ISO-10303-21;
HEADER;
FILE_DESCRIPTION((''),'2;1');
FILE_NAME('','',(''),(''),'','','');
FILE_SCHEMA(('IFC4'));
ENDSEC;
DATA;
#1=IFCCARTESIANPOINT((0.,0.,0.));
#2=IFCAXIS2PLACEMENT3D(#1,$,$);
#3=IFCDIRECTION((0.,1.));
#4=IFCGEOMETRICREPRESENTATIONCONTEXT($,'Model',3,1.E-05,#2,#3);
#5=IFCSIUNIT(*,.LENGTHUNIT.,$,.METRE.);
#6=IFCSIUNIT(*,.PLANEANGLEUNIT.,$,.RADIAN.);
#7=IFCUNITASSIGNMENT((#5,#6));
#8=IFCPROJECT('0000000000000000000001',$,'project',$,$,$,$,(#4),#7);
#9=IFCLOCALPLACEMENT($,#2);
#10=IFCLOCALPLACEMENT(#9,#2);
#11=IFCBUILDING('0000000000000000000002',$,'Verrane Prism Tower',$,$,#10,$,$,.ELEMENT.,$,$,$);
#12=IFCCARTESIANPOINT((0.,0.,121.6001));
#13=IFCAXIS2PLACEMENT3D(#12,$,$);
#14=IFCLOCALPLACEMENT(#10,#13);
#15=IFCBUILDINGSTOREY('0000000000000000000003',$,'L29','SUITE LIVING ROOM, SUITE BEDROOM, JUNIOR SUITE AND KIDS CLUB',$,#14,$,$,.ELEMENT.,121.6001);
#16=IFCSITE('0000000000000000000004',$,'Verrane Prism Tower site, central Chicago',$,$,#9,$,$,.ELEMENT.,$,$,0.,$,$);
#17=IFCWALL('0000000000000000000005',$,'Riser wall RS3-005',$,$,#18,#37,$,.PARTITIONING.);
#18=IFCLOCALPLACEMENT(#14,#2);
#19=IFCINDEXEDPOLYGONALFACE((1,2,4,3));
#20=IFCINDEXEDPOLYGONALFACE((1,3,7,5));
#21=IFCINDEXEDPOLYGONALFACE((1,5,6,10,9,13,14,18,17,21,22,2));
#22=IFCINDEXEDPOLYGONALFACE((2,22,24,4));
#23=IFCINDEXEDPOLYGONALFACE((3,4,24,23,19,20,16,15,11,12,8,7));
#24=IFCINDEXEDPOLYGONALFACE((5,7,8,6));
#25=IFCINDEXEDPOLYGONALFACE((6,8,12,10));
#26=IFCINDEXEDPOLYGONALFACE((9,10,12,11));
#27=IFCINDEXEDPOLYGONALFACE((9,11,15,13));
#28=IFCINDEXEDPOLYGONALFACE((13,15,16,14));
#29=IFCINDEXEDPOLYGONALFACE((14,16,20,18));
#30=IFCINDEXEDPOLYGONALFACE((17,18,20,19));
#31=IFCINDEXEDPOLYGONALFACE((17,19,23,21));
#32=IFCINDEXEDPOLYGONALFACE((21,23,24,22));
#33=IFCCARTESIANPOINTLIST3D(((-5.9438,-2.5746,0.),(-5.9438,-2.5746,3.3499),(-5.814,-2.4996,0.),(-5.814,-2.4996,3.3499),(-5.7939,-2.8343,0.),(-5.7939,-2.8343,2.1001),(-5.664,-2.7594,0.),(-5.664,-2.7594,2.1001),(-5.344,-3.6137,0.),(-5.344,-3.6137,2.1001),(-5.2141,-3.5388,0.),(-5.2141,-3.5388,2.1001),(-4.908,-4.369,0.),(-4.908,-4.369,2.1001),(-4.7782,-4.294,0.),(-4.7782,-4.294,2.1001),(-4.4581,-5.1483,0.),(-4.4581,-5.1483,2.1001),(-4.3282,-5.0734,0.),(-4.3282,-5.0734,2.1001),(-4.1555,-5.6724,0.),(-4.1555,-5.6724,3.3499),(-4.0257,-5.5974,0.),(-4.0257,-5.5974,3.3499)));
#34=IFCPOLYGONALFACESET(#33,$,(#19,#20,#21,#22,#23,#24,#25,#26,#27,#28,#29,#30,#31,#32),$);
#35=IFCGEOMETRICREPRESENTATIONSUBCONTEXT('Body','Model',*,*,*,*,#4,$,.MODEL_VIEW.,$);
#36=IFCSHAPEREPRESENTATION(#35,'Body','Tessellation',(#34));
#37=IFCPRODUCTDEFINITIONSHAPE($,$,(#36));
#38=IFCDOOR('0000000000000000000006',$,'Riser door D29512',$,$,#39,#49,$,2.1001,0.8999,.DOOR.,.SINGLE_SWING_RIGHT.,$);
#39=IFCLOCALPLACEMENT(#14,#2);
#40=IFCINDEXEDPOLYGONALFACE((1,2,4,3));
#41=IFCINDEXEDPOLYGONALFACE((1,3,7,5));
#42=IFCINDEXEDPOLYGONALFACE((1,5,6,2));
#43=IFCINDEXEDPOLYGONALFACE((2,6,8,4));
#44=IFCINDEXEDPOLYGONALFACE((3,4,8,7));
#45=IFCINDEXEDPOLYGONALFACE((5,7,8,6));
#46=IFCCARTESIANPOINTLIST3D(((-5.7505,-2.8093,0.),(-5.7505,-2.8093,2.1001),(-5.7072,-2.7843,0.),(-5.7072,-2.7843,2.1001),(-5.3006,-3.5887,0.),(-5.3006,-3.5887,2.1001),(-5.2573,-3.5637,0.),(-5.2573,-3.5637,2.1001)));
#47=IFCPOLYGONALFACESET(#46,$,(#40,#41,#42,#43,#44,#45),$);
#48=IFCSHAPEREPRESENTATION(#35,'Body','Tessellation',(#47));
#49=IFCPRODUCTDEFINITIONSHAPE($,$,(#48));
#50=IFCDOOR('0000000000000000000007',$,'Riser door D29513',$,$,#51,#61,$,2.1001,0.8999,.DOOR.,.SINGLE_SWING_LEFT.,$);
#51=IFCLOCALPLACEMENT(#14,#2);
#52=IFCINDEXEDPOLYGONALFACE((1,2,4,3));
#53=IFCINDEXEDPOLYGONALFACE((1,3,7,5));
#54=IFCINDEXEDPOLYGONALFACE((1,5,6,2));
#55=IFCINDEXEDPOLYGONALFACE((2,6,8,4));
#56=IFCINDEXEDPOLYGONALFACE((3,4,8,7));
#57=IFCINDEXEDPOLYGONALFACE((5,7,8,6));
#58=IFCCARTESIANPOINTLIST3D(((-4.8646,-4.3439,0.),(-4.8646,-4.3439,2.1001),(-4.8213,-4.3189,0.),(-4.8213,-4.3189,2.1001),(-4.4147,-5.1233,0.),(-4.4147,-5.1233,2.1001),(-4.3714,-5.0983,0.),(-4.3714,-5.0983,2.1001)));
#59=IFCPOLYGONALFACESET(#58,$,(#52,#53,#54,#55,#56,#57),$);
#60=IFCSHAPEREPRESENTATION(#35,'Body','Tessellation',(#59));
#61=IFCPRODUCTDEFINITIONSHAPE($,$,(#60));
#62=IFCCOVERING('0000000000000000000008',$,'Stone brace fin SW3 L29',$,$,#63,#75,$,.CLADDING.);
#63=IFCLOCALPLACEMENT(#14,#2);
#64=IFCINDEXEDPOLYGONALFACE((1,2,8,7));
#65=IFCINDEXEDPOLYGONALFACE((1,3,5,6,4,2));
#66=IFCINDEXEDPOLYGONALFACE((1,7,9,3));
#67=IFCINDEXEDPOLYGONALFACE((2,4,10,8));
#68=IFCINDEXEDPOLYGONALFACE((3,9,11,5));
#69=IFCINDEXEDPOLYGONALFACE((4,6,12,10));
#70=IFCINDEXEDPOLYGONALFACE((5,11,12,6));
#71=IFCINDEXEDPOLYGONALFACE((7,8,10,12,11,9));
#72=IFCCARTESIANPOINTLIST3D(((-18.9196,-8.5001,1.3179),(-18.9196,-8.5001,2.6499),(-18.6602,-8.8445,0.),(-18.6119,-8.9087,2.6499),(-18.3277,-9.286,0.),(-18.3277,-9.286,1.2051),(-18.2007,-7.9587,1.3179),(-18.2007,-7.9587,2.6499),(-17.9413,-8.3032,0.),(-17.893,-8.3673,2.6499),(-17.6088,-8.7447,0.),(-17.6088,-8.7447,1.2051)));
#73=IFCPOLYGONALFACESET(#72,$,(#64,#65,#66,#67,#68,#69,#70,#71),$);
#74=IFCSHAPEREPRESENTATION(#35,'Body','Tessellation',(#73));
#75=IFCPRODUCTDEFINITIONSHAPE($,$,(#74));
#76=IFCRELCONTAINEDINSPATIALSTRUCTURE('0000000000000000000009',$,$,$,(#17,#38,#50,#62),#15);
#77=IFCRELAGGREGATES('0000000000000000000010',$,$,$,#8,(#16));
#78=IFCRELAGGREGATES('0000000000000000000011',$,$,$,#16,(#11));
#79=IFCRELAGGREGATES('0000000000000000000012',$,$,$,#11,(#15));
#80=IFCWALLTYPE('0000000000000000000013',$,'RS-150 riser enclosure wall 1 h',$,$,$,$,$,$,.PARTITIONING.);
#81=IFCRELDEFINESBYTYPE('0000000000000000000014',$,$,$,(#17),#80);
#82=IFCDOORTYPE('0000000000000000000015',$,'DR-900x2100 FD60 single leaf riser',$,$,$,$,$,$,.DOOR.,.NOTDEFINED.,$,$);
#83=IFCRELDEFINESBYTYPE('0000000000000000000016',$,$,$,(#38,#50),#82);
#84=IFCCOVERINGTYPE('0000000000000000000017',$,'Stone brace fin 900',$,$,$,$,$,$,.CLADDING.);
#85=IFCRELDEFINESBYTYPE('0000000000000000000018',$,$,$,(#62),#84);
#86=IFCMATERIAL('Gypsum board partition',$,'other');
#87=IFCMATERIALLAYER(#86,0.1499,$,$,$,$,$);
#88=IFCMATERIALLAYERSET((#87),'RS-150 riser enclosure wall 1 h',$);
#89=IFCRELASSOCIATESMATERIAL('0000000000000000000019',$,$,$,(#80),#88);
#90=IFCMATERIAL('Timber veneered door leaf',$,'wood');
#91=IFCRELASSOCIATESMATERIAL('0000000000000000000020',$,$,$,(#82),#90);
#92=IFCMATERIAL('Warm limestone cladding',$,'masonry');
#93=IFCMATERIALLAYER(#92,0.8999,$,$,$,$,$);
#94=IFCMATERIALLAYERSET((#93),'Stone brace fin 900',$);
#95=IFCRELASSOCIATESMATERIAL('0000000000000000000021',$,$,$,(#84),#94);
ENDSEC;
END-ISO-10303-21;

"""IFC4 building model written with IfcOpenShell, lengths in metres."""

from ifc_helpers import new_model, si_unit, direction, frame, frame_2d, origin, place, context, subcontext, project, spatial, polyline, rectangle, outline, extrude, material, layer, layer_set, type_object, element, fill, save


model = new_model("IFC4")

# Units and contexts
model_context = context("Model", 3, precision=1e-05, world=origin(), true_north=direction((0.0, 1.0)))
body_context = subcontext(model_context, "Body", "Model", "MODEL_VIEW")
ifc_project = project(units=[si_unit("LENGTHUNIT", "METRE"), si_unit("PLANEANGLEUNIT", "RADIAN")], contexts=[model_context])

# Site, building, storey
site_placement = place(None, origin())
site = spatial("IfcSite", under=ifc_project, at=site_placement, Name="Verrane Prism Tower site, central Chicago", CompositionType="ELEMENT", RefElevation=0.0)
building_placement = place(site_placement, origin())
building = spatial("IfcBuilding", under=site, at=building_placement, Name="Verrane Prism Tower", CompositionType="ELEMENT")
storey_placement = place(building_placement, frame((0.0, 0.0, 121.6001)))
storey = spatial("IfcBuildingStorey", under=building, at=storey_placement, Name="L29", Description="SUITE LIVING ROOM, SUITE BEDROOM, JUNIOR SUITE AND KIDS CLUB", CompositionType="ELEMENT", Elevation=121.6001)

# Shared definitions
ifc_material_1 = material(Name="Gypsum board partition", Category="other")
ifc_layer_1 = layer(ifc_material_1, 0.1499)
ifc_layer_set_1 = layer_set([ifc_layer_1], Name="RS-150 riser enclosure wall 1 h")
wall_type_1 = type_object("IfcWallType", Name="RS-150 riser enclosure wall 1 h", PredefinedType="PARTITIONING", material=ifc_layer_set_1)

# Wall, openings, doors
wall_1_placement = place(storey_placement, frame((-4.0906, -5.635, 0.0), z_axis=(0.0, 0.0, 1.0), x_axis=(-0.499949, 0.866055, 0.0)))
wall_1 = element("IfcWall", 1, at=wall_1_placement, inside=storey, type_object=wall_type_1, Name="Riser wall RS3-005", PredefinedType="PARTITIONING", context=body_context, shape_type="SweptSolid", body=[
    extrude(rectangle(XDim=3.5769, YDim=0.1499, at=frame_2d((1.7886, 0.0))), origin(), (0.0, 0.0, 1.0), 3.3499),
])
opening_1_placement = place(wall_1_placement, frame((2.3772, 0.0, 0.0)))
opening_1 = element("IfcOpeningElement", 2, at=opening_1_placement, cuts=wall_1, PredefinedType="OPENING", context=body_context, shape_type="SweptSolid", body=[
    extrude(rectangle(XDim=0.8999, YDim=2.1001, at=frame_2d((0.45, 1.05))), frame((0.0, 0.085, 0.0), z_axis=(0.0, -1.0, 0.0), x_axis=(1.0, 0.0, 0.0)), (0.0, 0.0, 1.0), 0.1699),
])
opening_2_placement = place(wall_1_placement, frame((0.6052, 0.0, 0.0)))
opening_2 = element("IfcOpeningElement", 3, at=opening_2_placement, cuts=wall_1, PredefinedType="OPENING", context=body_context, shape_type="SweptSolid", body=[
    extrude(rectangle(XDim=0.8999, YDim=2.1001, at=frame_2d((0.45, 1.05))), frame((0.0, 0.085, 0.0), z_axis=(0.0, -1.0, 0.0), x_axis=(1.0, 0.0, 0.0)), (0.0, 0.0, 1.0), 0.1699),
])
ifc_material_2 = material(Name="Timber veneered door leaf", Category="wood")
door_type_1 = type_object("IfcDoorType", Name="DR-900x2100 FD60 single leaf riser", OperationType="NOTDEFINED", PredefinedType="DOOR", material=ifc_material_2)
door_1_placement = place(opening_1_placement, origin())
door_1 = element("IfcDoor", 4, at=door_1_placement, inside=storey, type_object=door_type_1, Name="Riser door D29512", OperationType="SINGLE_SWING_RIGHT", OverallHeight=2.1001, OverallWidth=0.8999, PredefinedType="DOOR", context=body_context, shape_type="SweptSolid", body=[
    extrude(rectangle(XDim=0.8999, YDim=2.1001, at=frame_2d((0.45, 1.05))), frame((0.0, 0.0249, 0.0), z_axis=(0.0, -1.0, 0.0), x_axis=(1.0, 0.0, 0.0)), (0.0, 0.0, 1.0), 0.05),
])
fill(opening_1, door_1)
door_2_placement = place(opening_2_placement, origin())
door_2 = element("IfcDoor", 5, at=door_2_placement, inside=storey, type_object=door_type_1, Name="Riser door D29513", OperationType="SINGLE_SWING_LEFT", OverallHeight=2.1001, OverallWidth=0.8999, PredefinedType="DOOR", context=body_context, shape_type="SweptSolid", body=[
    extrude(rectangle(XDim=0.8999, YDim=2.1001, at=frame_2d((0.45, 1.05))), frame((0.0, 0.0249, 0.0), z_axis=(0.0, -1.0, 0.0), x_axis=(1.0, 0.0, 0.0)), (0.0, 0.0, 1.0), 0.05),
])
fill(opening_2, door_2)

# Covering
ifc_material_3 = material(Name="Warm limestone cladding", Category="masonry")
ifc_layer_2 = layer(ifc_material_3, 0.8999)
ifc_layer_set_2 = layer_set([ifc_layer_2], Name="Stone brace fin 900")
covering_type = type_object("IfcCoveringType", Name="Stone brace fin 900", PredefinedType="CLADDING", material=ifc_layer_set_2)
covering_placement = place(storey_placement, frame((-17.9683, -9.0154, 0.0), z_axis=(0.0, 0.0, 1.0), x_axis=(-0.601547, 0.798837, 0.0)))
element("IfcCovering", 6, at=covering_placement, inside=storey, type_object=covering_type, Name="Stone brace fin SW3 L29", PredefinedType="CLADDING", context=body_context, shape_type="SweptSolid", body=[
    extrude(outline(polyline([(0.9839, 2.6499), (0.4724, 2.6499), (0.0, 1.2051), (0.0, 0.0), (0.5527, 0.0), (0.9839, 1.3179), (0.9839, 2.6499)])), frame((0.0, 0.45, 0.0), z_axis=(0.0, -1.0, 0.0), x_axis=(1.0, 0.0, 0.0)), (0.0, 0.0, 1.0), 0.8999),
])

save(model, "model.ifc")
